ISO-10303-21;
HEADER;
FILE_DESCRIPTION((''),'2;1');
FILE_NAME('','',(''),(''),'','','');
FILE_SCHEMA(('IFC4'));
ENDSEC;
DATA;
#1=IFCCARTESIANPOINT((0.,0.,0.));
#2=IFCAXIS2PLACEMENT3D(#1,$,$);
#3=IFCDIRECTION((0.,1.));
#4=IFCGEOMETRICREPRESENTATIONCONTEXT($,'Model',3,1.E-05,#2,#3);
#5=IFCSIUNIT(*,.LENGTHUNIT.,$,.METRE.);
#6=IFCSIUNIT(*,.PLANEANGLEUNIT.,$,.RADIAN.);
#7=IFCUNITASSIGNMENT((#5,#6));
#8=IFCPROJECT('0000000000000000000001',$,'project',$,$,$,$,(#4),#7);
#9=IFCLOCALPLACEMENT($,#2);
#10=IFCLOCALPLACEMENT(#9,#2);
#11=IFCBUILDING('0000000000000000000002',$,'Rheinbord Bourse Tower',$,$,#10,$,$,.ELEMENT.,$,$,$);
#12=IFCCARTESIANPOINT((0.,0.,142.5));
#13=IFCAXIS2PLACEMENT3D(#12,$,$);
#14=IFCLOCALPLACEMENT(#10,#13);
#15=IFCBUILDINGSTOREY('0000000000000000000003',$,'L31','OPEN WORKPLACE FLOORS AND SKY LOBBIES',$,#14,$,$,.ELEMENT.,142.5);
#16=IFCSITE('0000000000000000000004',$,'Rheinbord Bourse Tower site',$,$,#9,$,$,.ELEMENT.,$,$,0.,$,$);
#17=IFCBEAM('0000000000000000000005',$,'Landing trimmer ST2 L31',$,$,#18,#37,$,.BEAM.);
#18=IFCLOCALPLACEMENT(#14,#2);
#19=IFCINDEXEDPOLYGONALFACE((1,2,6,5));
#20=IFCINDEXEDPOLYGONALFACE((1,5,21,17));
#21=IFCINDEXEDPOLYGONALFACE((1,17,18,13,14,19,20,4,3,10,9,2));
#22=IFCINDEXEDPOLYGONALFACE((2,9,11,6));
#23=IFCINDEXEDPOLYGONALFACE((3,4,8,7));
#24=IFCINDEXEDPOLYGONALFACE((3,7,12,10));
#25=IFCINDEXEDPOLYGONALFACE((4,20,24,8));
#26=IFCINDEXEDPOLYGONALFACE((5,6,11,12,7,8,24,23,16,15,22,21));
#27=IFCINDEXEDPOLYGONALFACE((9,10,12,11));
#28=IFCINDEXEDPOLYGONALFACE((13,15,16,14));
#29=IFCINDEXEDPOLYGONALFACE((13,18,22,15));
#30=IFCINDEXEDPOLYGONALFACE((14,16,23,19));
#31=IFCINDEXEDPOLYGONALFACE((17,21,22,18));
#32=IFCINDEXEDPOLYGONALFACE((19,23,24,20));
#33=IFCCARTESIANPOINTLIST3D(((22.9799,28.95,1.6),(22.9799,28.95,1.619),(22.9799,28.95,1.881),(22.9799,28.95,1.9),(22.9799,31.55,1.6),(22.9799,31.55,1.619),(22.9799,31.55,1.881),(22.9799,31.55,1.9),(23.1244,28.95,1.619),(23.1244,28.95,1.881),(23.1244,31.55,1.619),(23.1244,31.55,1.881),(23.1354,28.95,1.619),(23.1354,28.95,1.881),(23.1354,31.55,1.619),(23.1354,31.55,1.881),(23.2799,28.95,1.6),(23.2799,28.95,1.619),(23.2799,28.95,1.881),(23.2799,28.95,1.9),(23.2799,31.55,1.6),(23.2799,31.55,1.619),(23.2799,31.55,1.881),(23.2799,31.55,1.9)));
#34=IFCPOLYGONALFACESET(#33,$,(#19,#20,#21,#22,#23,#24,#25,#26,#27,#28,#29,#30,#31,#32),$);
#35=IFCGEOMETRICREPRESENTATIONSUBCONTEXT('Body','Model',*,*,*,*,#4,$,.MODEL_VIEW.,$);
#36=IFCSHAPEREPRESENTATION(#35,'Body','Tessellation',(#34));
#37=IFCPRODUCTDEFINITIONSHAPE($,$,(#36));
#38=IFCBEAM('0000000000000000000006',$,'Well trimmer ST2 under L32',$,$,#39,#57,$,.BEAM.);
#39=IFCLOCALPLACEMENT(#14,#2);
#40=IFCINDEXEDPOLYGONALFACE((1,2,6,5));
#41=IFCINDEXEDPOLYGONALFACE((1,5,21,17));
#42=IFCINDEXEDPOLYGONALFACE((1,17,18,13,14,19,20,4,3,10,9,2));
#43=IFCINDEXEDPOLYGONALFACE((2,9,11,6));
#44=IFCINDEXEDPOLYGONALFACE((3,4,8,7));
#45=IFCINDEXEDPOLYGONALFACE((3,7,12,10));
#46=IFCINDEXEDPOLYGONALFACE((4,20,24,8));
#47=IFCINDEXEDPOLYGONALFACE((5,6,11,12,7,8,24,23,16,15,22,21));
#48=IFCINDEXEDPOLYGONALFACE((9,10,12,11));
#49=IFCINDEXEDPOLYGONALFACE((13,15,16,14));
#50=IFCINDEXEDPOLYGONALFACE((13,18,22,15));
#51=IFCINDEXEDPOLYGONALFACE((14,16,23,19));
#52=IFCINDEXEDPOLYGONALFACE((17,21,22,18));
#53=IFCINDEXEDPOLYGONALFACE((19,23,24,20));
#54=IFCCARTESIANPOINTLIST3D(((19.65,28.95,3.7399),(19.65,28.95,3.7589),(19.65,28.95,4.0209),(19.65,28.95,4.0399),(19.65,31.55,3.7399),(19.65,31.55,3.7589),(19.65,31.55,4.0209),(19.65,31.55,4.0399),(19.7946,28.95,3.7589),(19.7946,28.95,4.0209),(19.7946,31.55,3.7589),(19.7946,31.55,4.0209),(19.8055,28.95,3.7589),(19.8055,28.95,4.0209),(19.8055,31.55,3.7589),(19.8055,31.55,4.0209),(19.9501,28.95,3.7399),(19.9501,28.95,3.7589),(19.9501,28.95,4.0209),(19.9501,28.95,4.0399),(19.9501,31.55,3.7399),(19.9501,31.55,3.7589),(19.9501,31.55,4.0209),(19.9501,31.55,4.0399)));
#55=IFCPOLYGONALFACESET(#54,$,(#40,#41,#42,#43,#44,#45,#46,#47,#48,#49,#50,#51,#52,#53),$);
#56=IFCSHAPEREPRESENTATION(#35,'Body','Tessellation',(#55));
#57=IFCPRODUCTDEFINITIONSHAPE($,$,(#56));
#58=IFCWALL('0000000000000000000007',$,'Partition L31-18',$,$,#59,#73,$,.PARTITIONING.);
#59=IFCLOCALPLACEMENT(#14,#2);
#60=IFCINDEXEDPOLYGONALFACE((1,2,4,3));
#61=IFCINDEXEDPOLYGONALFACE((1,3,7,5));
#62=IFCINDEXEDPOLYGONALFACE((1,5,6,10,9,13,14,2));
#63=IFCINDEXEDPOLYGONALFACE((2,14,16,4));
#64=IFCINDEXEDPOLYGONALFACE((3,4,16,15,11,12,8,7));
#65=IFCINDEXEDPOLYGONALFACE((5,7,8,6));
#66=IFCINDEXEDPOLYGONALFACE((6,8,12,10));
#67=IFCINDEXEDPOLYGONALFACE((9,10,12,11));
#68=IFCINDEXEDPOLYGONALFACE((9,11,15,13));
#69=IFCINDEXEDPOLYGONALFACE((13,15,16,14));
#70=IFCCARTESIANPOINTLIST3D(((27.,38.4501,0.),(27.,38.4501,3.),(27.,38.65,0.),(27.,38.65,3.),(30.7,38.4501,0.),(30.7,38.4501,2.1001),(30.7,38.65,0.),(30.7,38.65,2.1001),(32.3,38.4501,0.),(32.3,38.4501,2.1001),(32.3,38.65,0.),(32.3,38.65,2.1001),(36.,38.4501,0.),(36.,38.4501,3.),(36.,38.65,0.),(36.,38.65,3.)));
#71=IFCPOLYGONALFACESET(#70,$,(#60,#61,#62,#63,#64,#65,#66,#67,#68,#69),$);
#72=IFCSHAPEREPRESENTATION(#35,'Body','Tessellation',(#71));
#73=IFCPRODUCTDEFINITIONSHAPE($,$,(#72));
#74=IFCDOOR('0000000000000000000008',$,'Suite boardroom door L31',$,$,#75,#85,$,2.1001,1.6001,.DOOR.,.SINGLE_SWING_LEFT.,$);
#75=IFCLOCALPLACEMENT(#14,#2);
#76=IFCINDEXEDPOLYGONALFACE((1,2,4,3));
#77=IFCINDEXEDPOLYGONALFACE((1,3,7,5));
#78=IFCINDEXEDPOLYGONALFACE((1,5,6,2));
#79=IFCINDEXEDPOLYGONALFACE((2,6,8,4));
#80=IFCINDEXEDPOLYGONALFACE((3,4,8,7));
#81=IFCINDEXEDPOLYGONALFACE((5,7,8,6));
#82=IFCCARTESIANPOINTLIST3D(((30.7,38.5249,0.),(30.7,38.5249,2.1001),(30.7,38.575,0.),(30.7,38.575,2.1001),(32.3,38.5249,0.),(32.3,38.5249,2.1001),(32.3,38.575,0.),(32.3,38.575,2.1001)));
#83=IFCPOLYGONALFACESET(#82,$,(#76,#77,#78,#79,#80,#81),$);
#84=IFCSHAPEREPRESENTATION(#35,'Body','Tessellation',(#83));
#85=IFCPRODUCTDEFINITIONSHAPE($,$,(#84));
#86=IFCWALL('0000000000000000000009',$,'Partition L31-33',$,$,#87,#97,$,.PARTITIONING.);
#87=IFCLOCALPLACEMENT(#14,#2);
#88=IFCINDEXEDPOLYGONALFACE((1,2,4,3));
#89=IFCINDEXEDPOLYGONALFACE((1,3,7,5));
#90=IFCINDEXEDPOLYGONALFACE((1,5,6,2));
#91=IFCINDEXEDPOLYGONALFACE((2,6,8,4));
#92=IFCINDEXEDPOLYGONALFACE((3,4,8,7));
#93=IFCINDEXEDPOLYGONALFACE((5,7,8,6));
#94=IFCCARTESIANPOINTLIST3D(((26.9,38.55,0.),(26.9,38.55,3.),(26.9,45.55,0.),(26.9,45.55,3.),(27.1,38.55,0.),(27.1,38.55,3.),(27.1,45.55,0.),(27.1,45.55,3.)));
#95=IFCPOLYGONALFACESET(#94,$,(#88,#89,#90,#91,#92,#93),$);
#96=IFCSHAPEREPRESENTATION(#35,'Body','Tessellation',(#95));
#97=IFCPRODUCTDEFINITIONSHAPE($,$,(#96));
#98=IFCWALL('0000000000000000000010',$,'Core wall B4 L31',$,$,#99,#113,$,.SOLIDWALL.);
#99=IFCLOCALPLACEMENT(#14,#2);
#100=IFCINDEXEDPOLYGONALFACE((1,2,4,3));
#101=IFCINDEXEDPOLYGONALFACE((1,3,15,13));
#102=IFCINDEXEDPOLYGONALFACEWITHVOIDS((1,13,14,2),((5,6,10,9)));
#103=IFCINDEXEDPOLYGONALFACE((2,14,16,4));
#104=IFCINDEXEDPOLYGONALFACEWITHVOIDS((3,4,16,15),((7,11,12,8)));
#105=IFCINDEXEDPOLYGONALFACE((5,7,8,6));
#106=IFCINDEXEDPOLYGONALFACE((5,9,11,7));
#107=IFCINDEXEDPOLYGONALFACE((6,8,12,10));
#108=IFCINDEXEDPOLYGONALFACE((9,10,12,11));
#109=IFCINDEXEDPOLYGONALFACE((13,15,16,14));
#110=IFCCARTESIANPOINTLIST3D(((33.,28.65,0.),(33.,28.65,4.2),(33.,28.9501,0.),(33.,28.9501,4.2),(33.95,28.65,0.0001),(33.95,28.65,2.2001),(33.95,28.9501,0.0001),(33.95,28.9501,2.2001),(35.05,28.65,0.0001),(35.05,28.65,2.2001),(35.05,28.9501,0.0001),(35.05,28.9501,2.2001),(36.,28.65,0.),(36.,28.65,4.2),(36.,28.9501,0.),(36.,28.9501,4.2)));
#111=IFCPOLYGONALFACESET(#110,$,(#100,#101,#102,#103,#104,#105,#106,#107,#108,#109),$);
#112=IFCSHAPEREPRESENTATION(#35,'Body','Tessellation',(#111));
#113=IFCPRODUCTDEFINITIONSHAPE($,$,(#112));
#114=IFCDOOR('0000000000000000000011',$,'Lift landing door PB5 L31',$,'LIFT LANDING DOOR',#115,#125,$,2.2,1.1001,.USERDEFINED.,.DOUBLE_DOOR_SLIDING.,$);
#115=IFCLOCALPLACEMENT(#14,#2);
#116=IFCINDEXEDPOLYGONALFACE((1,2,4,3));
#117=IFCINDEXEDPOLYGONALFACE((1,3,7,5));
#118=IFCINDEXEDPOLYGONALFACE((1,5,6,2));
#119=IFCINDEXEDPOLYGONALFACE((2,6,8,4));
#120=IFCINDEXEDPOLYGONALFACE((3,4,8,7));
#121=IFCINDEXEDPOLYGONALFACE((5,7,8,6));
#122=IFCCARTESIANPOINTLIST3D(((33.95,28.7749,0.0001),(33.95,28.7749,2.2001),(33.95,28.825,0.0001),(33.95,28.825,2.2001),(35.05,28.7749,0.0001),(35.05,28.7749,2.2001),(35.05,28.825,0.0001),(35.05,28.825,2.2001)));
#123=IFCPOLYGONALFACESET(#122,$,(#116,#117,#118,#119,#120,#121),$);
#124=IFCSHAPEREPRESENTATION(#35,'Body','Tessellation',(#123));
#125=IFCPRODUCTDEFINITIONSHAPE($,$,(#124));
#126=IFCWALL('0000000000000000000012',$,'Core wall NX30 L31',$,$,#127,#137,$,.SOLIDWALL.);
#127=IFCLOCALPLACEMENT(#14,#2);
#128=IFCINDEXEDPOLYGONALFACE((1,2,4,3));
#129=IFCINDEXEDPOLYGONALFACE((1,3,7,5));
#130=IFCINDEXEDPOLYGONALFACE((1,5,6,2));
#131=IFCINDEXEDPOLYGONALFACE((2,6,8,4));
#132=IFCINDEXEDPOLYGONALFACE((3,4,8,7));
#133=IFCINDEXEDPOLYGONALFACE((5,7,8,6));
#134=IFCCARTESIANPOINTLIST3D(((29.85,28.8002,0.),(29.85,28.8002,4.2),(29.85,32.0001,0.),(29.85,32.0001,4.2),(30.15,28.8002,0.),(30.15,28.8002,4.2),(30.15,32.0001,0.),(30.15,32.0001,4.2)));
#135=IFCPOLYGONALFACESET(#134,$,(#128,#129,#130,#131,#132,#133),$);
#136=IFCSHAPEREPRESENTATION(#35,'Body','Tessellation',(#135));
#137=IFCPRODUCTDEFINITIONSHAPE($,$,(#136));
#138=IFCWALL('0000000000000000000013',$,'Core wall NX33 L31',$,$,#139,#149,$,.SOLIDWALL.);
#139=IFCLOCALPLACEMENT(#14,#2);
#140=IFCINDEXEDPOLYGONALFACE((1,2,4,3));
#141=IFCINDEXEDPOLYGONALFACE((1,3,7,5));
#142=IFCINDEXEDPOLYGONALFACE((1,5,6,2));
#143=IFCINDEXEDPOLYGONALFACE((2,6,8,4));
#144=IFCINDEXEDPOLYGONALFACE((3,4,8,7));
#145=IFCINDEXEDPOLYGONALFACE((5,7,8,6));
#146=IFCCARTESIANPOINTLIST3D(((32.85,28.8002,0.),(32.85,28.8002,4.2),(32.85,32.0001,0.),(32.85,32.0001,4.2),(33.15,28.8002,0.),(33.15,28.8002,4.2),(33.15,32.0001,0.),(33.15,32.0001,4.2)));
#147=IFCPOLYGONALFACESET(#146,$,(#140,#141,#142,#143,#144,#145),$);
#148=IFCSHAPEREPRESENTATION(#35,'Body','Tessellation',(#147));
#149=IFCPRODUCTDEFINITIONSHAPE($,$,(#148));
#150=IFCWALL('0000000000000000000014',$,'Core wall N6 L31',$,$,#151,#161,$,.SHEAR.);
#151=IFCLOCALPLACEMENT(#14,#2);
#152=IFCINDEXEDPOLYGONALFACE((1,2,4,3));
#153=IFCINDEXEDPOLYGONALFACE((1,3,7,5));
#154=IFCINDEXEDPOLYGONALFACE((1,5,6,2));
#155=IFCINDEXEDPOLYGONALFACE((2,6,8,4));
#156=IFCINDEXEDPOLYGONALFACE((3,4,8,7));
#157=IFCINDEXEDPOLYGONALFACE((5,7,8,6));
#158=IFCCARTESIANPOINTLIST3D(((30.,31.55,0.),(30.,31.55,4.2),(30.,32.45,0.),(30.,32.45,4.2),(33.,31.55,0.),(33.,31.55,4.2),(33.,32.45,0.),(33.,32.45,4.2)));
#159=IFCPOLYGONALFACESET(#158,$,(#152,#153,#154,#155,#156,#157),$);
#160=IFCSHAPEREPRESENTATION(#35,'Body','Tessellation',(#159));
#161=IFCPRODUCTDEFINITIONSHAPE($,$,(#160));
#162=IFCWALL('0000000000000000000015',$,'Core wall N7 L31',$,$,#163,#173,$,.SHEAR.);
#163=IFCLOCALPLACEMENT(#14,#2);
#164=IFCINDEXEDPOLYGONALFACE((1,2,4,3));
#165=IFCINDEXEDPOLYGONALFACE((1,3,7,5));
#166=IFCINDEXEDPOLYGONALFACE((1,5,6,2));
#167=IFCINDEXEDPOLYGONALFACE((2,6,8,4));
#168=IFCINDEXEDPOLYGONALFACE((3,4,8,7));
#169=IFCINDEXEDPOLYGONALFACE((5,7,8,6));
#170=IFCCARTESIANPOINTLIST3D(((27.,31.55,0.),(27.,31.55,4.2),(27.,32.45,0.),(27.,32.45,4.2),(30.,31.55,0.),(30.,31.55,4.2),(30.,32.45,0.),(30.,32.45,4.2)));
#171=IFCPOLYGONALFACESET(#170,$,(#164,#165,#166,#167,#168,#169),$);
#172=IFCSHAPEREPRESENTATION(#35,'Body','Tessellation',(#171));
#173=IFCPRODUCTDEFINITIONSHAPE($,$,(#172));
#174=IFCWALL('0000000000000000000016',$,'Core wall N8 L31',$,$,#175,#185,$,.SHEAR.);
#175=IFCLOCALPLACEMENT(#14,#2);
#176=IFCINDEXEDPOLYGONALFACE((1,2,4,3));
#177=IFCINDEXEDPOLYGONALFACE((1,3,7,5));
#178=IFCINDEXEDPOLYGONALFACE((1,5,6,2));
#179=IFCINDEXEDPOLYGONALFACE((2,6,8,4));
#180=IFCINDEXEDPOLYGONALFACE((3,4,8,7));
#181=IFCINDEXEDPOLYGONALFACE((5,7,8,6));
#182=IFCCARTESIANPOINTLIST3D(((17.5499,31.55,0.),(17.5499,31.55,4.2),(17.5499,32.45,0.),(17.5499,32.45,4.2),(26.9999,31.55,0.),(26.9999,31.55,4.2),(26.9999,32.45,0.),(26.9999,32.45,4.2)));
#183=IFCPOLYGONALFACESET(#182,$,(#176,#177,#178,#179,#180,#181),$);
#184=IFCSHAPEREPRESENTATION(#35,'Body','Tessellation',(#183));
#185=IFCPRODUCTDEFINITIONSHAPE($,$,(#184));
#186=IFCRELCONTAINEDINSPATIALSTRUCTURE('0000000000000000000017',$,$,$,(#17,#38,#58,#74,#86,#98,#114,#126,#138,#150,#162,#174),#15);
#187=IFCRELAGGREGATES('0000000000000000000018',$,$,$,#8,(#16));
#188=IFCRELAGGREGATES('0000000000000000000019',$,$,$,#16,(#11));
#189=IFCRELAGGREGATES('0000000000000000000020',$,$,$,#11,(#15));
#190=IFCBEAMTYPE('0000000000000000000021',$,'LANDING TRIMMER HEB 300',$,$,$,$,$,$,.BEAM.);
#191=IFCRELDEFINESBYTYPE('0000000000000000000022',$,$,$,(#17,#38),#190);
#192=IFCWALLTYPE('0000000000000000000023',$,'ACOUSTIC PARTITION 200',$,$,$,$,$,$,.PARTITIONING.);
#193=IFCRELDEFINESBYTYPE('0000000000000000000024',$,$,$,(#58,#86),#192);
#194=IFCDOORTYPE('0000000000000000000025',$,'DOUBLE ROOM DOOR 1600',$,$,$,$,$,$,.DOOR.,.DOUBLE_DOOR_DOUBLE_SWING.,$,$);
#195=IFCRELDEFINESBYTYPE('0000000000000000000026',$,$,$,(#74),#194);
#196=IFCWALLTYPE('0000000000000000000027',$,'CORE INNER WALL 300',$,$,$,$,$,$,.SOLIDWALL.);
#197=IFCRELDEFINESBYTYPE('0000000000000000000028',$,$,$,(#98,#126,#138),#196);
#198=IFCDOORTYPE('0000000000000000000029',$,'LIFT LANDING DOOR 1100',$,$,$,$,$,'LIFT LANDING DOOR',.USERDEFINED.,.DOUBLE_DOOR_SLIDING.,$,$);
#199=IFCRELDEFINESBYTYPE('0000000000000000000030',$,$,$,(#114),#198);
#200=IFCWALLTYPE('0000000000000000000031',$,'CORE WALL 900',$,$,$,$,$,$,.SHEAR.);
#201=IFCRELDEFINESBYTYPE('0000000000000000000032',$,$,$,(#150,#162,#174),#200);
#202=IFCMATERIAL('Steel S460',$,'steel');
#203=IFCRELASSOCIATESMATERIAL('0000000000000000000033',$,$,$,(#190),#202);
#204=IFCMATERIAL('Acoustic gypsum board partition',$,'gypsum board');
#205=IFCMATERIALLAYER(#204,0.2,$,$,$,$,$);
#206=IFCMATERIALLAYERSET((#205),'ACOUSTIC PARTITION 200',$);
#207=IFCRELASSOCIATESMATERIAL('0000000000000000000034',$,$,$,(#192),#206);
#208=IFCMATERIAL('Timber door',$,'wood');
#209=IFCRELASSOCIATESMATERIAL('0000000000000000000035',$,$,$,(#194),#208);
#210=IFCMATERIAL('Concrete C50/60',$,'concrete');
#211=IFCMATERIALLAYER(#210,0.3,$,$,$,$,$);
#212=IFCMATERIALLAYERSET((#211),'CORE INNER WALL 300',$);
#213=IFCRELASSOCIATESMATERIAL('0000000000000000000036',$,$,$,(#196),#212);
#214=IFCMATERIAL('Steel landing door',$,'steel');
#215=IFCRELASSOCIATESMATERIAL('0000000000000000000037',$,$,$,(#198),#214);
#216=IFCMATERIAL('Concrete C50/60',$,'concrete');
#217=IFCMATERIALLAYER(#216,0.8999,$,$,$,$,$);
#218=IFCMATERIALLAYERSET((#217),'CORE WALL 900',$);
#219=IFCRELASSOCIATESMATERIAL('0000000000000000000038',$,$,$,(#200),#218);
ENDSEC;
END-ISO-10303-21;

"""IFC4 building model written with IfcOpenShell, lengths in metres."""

from ifc_helpers import new_model, si_unit, direction, frame, frame_2d, origin, origin_2d, place, context, subcontext, project, spatial, rectangle, i_section, extrude, material, layer, layer_set, material_profile, profile_set, type_object, element, fill, save


model = new_model("IFC4")

# Units and contexts
model_context = context("Model", 3, precision=1e-05, world=origin(), true_north=direction((0.0, 1.0)))
body_context = subcontext(model_context, "Body", "Model", "MODEL_VIEW")
ifc_project = project(units=[si_unit("LENGTHUNIT", "METRE"), si_unit("PLANEANGLEUNIT", "RADIAN")], contexts=[model_context])

# Site, building, storey
site_placement = place(None, origin())
site = spatial("IfcSite", under=ifc_project, at=site_placement, Name="Rheinbord Bourse Tower site", CompositionType="ELEMENT", RefElevation=0.0)
building_placement = place(site_placement, origin())
building = spatial("IfcBuilding", under=site, at=building_placement, Name="Rheinbord Bourse Tower", CompositionType="ELEMENT")
storey_placement = place(building_placement, frame((0.0, 0.0, 142.5)))
storey = spatial("IfcBuildingStorey", under=building, at=storey_placement, Name="L31", Description="OPEN WORKPLACE FLOORS AND SKY LOBBIES", CompositionType="ELEMENT", Elevation=142.5)

# Beams
ifc_material_1 = material(Name="Steel S460", Category="steel")
ifc_material_profile = material_profile(ifc_material_1, i_section(OverallWidth=0.3, OverallDepth=0.3, WebThickness=0.011, FlangeThickness=0.019, at=origin_2d()), Name="HEB 300")
ifc_profile_set = profile_set([ifc_material_profile], Name="Steel S460")
beam_type = type_object("IfcBeamType", Name="LANDING TRIMMER HEB 300", PredefinedType="BEAM", material=ifc_profile_set)
for number, where, z_axis, x_axis, name in (
    (1, (23.1299, 28.95, 1.75), (0.0, 1.0, 0.0), (-1.0, 0.0, 0.0), "Landing trimmer ST2 L31"),
    (2, (19.8, 28.95, 3.8899), (0.0, 1.0, 0.0), (-1.0, 0.0, 0.0), "Well trimmer ST2 under L32"),
):
    element("IfcBeam", number, at=place(storey_placement, frame(where, z_axis=z_axis, x_axis=x_axis)), inside=storey, type_object=beam_type, Name=name, PredefinedType="BEAM", context=body_context, shape_type="SweptSolid", body=[
        extrude(i_section(OverallWidth=0.3, OverallDepth=0.3, WebThickness=0.011, FlangeThickness=0.019, at=origin_2d()), origin(), (0.0, 0.0, 1.0), 2.6001),
    ])

# Wall, opening, door
ifc_material_2 = material(Name="Acoustic gypsum board partition", Category="gypsum board")
ifc_layer_1 = layer(ifc_material_2, 0.2)
ifc_layer_set_1 = layer_set([ifc_layer_1], Name="ACOUSTIC PARTITION 200")
wall_type_1 = type_object("IfcWallType", Name="ACOUSTIC PARTITION 200", PredefinedType="PARTITIONING", material=ifc_layer_set_1)
wall_1_placement = place(storey_placement, frame((27.0, 38.55, 0.0), z_axis=(0.0, 0.0, 1.0), x_axis=(1.0, 0.0, 0.0)))
wall_1 = element("IfcWall", 3, at=wall_1_placement, inside=storey, type_object=wall_type_1, Name="Partition L31-18", PredefinedType="PARTITIONING", context=body_context, shape_type="SweptSolid", body=[
    extrude(rectangle(XDim=9.0, YDim=0.2, at=frame_2d((4.5, 0.0))), origin(), (0.0, 0.0, 1.0), 3.0),
])
opening_1_placement = place(wall_1_placement, frame((3.7, 0.0, 0.0)))
opening_1 = element("IfcOpeningElement", 4, at=opening_1_placement, cuts=wall_1, PredefinedType="OPENING", context=body_context, shape_type="SweptSolid", body=[
    extrude(rectangle(XDim=1.6001, YDim=2.1001, at=frame_2d((0.8, 1.05))), frame((0.0, 0.1099, 0.0), z_axis=(0.0, -1.0, 0.0), x_axis=(1.0, 0.0, 0.0)), (0.0, 0.0, 1.0), 0.22),
])
ifc_material_3 = material(Name="Timber door", Category="wood")
door_type_1 = type_object("IfcDoorType", Name="DOUBLE ROOM DOOR 1600", OperationType="DOUBLE_DOOR_DOUBLE_SWING", PredefinedType="DOOR", material=ifc_material_3)
door_1_placement = place(opening_1_placement, origin())
door_1 = element("IfcDoor", 5, at=door_1_placement, inside=storey, type_object=door_type_1, Name="Suite boardroom door L31", OperationType="SINGLE_SWING_LEFT", OverallHeight=2.1001, OverallWidth=1.6001, PredefinedType="DOOR", context=body_context, shape_type="SweptSolid", body=[
    extrude(rectangle(XDim=1.6001, YDim=2.1001, at=frame_2d((0.8, 1.05))), frame((0.0, 0.0249, 0.0), z_axis=(0.0, -1.0, 0.0), x_axis=(1.0, 0.0, 0.0)), (0.0, 0.0, 1.0), 0.05),
])
fill(opening_1, door_1)

# Wall
wall_2_placement = place(storey_placement, frame((27.0, 38.55, 0.0), z_axis=(0.0, 0.0, 1.0), x_axis=(0.0, 1.0, 0.0)))
element("IfcWall", 6, at=wall_2_placement, inside=storey, type_object=wall_type_1, Name="Partition L31-33", PredefinedType="PARTITIONING", context=body_context, shape_type="SweptSolid", body=[
    extrude(rectangle(XDim=7.0, YDim=0.2, at=frame_2d((3.5, 0.0))), origin(), (0.0, 0.0, 1.0), 3.0),
])

# Wall, opening, door
ifc_material_4 = material(Name="Concrete C50/60", Category="concrete")
ifc_layer_2 = layer(ifc_material_4, 0.3)
ifc_layer_set_2 = layer_set([ifc_layer_2], Name="CORE INNER WALL 300")
wall_type_2 = type_object("IfcWallType", Name="CORE INNER WALL 300", PredefinedType="SOLIDWALL", material=ifc_layer_set_2)
wall_3_placement = place(storey_placement, frame((33.0, 28.8, 0.0), z_axis=(0.0, 0.0, 1.0), x_axis=(1.0, 0.0, 0.0)))
wall_3 = element("IfcWall", 7, at=wall_3_placement, inside=storey, type_object=wall_type_2, Name="Core wall B4 L31", PredefinedType="SOLIDWALL", context=body_context, shape_type="SweptSolid", body=[
    extrude(rectangle(XDim=3.0, YDim=0.3, at=frame_2d((1.5, 0.0))), origin(), (0.0, 0.0, 1.0), 4.2),
])
opening_2_placement = place(wall_3_placement, frame((0.95, 0.0, 0.0)))
opening_2 = element("IfcOpeningElement", 8, at=opening_2_placement, cuts=wall_3, PredefinedType="OPENING", context=body_context, shape_type="SweptSolid", body=[
    extrude(rectangle(XDim=1.1001, YDim=2.2, at=frame_2d((0.55, 1.1001))), frame((0.0, 0.1599, 0.0), z_axis=(0.0, -1.0, 0.0), x_axis=(1.0, 0.0, 0.0)), (0.0, 0.0, 1.0), 0.3201),
])
ifc_material_5 = material(Name="Steel landing door", Category="steel")
door_type_2 = type_object("IfcDoorType", Name="LIFT LANDING DOOR 1100", ElementType="LIFT LANDING DOOR", OperationType="DOUBLE_DOOR_SLIDING", PredefinedType="USERDEFINED", material=ifc_material_5)
door_2_placement = place(opening_2_placement, origin())
door_2 = element("IfcDoor", 9, at=door_2_placement, inside=storey, type_object=door_type_2, Name="Lift landing door PB5 L31", ObjectType="LIFT LANDING DOOR", OperationType="DOUBLE_DOOR_SLIDING", OverallHeight=2.2, OverallWidth=1.1001, PredefinedType="USERDEFINED", context=body_context, shape_type="SweptSolid", body=[
    extrude(rectangle(XDim=1.1001, YDim=2.2, at=frame_2d((0.55, 1.1001))), frame((0.0, 0.0249, 0.0), z_axis=(0.0, -1.0, 0.0), x_axis=(1.0, 0.0, 0.0)), (0.0, 0.0, 1.0), 0.05),
])
fill(opening_2, door_2)

# Walls
for number, where, z_axis, x_axis, name in (
    (10, (30.0, 28.8, 0.0), (0.0, 0.0, 1.0), (0.0, 1.0, 0.0), "Core wall NX30 L31"),
    (11, (33.0, 28.8, 0.0), (0.0, 0.0, 1.0), (0.0, 1.0, 0.0), "Core wall NX33 L31"),
):
    element("IfcWall", number, at=place(storey_placement, frame(where, z_axis=z_axis, x_axis=x_axis)), inside=storey, type_object=wall_type_2, Name=name, PredefinedType="SOLIDWALL", context=body_context, shape_type="SweptSolid", body=[
        extrude(rectangle(XDim=3.2, YDim=0.3, at=frame_2d((1.6001, 0.0))), origin(), (0.0, 0.0, 1.0), 4.2),
    ])
ifc_material_6 = material(Name="Concrete C50/60", Category="concrete")
ifc_layer_3 = layer(ifc_material_6, 0.8999)
ifc_layer_set_3 = layer_set([ifc_layer_3], Name="CORE WALL 900")
wall_type_3 = type_object("IfcWallType", Name="CORE WALL 900", PredefinedType="SHEAR", material=ifc_layer_set_3)
for number, where, z_axis, x_axis, name in (
    (12, (33.0, 32.0, 0.0), (0.0, 0.0, 1.0), (-1.0, 0.0, 0.0), "Core wall N6 L31"),
    (13, (30.0, 32.0, 0.0), (0.0, 0.0, 1.0), (-1.0, 0.0, 0.0), "Core wall N7 L31"),
):
    element("IfcWall", number, at=place(storey_placement, frame(where, z_axis=z_axis, x_axis=x_axis)), inside=storey, type_object=wall_type_3, Name=name, PredefinedType="SHEAR", context=body_context, shape_type="SweptSolid", body=[
        extrude(rectangle(XDim=3.0, YDim=0.8999, at=frame_2d((1.5, 0.0))), origin(), (0.0, 0.0, 1.0), 4.2),
    ])
wall_4_placement = place(storey_placement, frame((27.0, 32.0, 0.0), z_axis=(0.0, 0.0, 1.0), x_axis=(-1.0, 0.0, 0.0)))
element("IfcWall", 14, at=wall_4_placement, inside=storey, type_object=wall_type_3, Name="Core wall N8 L31", PredefinedType="SHEAR", context=body_context, shape_type="SweptSolid", body=[
    extrude(rectangle(XDim=9.45, YDim=0.8999, at=frame_2d((4.7251, 0.0))), origin(), (0.0, 0.0, 1.0), 4.2),
])

save(model, "model.ifc")
